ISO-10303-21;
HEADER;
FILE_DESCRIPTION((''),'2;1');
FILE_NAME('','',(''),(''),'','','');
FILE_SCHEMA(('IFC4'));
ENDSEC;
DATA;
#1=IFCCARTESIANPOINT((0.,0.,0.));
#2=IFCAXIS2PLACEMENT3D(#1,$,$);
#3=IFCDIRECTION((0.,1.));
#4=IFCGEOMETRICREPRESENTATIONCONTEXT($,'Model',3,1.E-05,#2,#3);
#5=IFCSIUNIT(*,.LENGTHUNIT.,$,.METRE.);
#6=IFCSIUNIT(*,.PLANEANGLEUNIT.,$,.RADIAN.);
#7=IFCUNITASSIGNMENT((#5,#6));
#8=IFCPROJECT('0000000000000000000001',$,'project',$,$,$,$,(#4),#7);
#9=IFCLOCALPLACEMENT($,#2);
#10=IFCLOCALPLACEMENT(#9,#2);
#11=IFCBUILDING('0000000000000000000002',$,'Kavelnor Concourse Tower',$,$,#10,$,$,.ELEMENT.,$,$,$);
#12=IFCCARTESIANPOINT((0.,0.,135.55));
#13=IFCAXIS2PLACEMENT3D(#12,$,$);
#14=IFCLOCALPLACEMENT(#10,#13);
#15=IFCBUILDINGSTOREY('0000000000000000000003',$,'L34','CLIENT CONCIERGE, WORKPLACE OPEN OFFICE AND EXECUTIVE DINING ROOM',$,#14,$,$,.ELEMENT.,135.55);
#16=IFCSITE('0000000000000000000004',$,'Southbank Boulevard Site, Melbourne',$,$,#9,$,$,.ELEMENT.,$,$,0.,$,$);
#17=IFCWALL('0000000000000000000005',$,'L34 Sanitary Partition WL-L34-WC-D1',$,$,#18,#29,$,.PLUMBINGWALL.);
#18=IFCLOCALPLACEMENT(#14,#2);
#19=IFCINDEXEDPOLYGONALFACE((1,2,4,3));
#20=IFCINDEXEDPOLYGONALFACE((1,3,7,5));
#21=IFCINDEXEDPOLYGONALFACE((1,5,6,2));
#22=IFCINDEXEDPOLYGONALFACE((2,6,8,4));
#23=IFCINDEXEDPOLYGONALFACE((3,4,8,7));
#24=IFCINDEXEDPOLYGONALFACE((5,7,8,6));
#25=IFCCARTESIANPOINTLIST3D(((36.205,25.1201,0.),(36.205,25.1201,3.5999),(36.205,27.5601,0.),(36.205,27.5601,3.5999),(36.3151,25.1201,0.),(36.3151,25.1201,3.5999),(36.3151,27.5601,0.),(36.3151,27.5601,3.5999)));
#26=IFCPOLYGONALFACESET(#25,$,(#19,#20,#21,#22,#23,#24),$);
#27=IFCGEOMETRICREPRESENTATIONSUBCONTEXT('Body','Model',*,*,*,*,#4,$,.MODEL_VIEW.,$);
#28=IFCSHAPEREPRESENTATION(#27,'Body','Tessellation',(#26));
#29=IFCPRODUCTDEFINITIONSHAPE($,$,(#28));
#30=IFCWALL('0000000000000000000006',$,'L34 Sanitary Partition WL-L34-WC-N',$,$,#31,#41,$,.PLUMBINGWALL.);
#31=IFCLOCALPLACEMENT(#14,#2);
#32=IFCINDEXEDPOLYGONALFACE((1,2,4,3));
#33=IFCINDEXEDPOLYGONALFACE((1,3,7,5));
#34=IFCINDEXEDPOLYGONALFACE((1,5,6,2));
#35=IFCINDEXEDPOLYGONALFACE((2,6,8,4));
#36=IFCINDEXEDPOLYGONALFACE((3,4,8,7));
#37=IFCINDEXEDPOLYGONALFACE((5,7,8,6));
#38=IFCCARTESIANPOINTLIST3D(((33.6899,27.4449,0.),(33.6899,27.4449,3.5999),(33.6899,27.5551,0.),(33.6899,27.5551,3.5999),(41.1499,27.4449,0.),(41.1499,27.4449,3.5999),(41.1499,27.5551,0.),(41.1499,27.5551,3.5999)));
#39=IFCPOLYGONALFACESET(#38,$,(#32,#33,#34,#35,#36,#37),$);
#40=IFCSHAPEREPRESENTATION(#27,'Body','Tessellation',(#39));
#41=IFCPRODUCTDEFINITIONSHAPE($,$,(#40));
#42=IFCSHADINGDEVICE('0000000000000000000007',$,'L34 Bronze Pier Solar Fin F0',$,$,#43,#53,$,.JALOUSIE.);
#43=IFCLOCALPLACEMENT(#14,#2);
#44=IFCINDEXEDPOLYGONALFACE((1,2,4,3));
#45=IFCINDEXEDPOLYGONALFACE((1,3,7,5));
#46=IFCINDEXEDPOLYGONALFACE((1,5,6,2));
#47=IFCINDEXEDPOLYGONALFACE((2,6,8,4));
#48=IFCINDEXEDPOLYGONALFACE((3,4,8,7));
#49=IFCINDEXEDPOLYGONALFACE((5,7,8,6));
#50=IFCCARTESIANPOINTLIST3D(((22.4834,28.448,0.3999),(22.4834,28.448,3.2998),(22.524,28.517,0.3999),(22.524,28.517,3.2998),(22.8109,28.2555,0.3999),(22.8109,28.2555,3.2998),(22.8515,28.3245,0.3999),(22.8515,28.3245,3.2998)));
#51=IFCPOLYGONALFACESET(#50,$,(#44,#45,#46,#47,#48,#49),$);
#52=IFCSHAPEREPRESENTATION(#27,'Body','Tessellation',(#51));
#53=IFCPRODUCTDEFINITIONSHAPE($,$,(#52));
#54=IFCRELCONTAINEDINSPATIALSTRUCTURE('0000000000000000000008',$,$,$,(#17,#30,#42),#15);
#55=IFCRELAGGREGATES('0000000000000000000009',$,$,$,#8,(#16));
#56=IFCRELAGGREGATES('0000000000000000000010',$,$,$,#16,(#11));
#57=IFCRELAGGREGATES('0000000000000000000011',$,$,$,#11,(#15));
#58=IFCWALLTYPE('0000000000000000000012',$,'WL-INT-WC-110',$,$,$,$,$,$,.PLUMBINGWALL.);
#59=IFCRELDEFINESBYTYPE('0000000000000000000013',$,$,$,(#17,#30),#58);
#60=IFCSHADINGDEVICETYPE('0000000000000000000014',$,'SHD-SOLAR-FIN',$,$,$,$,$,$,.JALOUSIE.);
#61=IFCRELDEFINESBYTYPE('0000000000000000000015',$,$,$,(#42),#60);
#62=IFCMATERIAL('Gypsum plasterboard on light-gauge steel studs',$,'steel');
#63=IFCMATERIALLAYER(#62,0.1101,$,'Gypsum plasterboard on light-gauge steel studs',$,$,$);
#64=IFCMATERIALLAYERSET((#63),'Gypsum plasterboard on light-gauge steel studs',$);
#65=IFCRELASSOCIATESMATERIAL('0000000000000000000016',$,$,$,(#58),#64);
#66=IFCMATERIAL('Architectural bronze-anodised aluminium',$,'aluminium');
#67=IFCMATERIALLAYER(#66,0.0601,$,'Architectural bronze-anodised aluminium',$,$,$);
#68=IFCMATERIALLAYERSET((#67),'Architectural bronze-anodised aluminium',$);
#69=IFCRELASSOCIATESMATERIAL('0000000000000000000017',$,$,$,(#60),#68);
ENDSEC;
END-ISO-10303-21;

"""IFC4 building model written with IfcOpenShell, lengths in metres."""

from ifc_helpers import new_model, si_unit, direction, frame, frame_2d, origin, origin_2d, place, context, subcontext, project, spatial, rectangle, extrude, material, layer, layer_set, type_object, element, save


model = new_model("IFC4")

# Units and contexts
model_context = context("Model", 3, precision=1e-05, world=origin(), true_north=direction((0.0, 1.0)))
body_context = subcontext(model_context, "Body", "Model", "MODEL_VIEW")
ifc_project = project(units=[si_unit("LENGTHUNIT", "METRE"), si_unit("PLANEANGLEUNIT", "RADIAN")], contexts=[model_context])

# Site, building, storey
site_placement = place(None, origin())
site = spatial("IfcSite", under=ifc_project, at=site_placement, Name="Southbank Boulevard Site, Melbourne", CompositionType="ELEMENT", RefElevation=0.0)
building_placement = place(site_placement, origin())
building = spatial("IfcBuilding", under=site, at=building_placement, Name="Kavelnor Concourse Tower", CompositionType="ELEMENT")
storey_placement = place(building_placement, frame((0.0, 0.0, 135.55)))
storey = spatial("IfcBuildingStorey", under=building, at=storey_placement, Name="L34", Description="CLIENT CONCIERGE, WORKPLACE OPEN OFFICE AND EXECUTIVE DINING ROOM", CompositionType="ELEMENT", Elevation=135.55)

# Shared definitions
ifc_material_1 = material(Name="Gypsum plasterboard on light-gauge steel studs", Category="steel")

# Walls
ifc_layer_1 = layer(ifc_material_1, 0.1101, Name="Gypsum plasterboard on light-gauge steel studs")
ifc_layer_set_1 = layer_set([ifc_layer_1], Name="Gypsum plasterboard on light-gauge steel studs")
wall_type_1 = type_object("IfcWallType", Name="WL-INT-WC-110", PredefinedType="PLUMBINGWALL", material=ifc_layer_set_1)
for number, where, z_axis, x_axis, name in (
    (1, (36.26, 25.1201, 0.0), (0.0, 0.0, 1.0), (0.0, 1.0, 0.0), "L34 Sanitary Partition WL-L34-WC-D1"),
):
    element("IfcWall", number, at=place(storey_placement, frame(where, z_axis=z_axis, x_axis=x_axis)), inside=storey, type_object=wall_type_1, Name=name, PredefinedType="PLUMBINGWALL", context=body_context, shape_type="SweptSolid", body=[
        extrude(rectangle(XDim=2.4399, YDim=0.1101, at=frame_2d((1.22, 0.0))), origin(), (0.0, 0.0, 1.0), 3.5999),
    ])
wall_1_placement = place(storey_placement, frame((33.6899, 27.5, 0.0), z_axis=(0.0, 0.0, 1.0), x_axis=(1.0, 0.0, 0.0)))
element("IfcWall", 2, at=wall_1_placement, inside=storey, type_object=wall_type_1, Name="L34 Sanitary Partition WL-L34-WC-N", PredefinedType="PLUMBINGWALL", context=body_context, shape_type="SweptSolid", body=[
    extrude(rectangle(XDim=7.46, YDim=0.1101, at=frame_2d((3.73, 0.0))), origin(), (0.0, 0.0, 1.0), 3.5999),
])

# Shading device
ifc_material_2 = material(Name="Architectural bronze-anodised aluminium", Category="aluminium")
ifc_layer_2 = layer(ifc_material_2, 0.0601, Name="Architectural bronze-anodised aluminium")
ifc_layer_set_2 = layer_set([ifc_layer_2], Name="Architectural bronze-anodised aluminium")
shading_device_type = type_object("IfcShadingDeviceType", Name="SHD-SOLAR-FIN", PredefinedType="JALOUSIE", material=ifc_layer_set_2)
shading_device_placement = place(storey_placement, frame((22.6675, 28.3862, 0.3999), z_axis=(0.0, 0.0, 1.0), x_axis=(-0.862072, 0.506786, 0.0)))
element("IfcShadingDevice", 3, at=shading_device_placement, inside=storey, type_object=shading_device_type, Name="L34 Bronze Pier Solar Fin F0", PredefinedType="JALOUSIE", context=body_context, shape_type="SweptSolid", body=[
    extrude(rectangle(XDim=0.3799, YDim=0.0801, at=origin_2d()), origin(), (0.0, 0.0, 1.0), 2.8999),
])

save(model, "model.ifc")
